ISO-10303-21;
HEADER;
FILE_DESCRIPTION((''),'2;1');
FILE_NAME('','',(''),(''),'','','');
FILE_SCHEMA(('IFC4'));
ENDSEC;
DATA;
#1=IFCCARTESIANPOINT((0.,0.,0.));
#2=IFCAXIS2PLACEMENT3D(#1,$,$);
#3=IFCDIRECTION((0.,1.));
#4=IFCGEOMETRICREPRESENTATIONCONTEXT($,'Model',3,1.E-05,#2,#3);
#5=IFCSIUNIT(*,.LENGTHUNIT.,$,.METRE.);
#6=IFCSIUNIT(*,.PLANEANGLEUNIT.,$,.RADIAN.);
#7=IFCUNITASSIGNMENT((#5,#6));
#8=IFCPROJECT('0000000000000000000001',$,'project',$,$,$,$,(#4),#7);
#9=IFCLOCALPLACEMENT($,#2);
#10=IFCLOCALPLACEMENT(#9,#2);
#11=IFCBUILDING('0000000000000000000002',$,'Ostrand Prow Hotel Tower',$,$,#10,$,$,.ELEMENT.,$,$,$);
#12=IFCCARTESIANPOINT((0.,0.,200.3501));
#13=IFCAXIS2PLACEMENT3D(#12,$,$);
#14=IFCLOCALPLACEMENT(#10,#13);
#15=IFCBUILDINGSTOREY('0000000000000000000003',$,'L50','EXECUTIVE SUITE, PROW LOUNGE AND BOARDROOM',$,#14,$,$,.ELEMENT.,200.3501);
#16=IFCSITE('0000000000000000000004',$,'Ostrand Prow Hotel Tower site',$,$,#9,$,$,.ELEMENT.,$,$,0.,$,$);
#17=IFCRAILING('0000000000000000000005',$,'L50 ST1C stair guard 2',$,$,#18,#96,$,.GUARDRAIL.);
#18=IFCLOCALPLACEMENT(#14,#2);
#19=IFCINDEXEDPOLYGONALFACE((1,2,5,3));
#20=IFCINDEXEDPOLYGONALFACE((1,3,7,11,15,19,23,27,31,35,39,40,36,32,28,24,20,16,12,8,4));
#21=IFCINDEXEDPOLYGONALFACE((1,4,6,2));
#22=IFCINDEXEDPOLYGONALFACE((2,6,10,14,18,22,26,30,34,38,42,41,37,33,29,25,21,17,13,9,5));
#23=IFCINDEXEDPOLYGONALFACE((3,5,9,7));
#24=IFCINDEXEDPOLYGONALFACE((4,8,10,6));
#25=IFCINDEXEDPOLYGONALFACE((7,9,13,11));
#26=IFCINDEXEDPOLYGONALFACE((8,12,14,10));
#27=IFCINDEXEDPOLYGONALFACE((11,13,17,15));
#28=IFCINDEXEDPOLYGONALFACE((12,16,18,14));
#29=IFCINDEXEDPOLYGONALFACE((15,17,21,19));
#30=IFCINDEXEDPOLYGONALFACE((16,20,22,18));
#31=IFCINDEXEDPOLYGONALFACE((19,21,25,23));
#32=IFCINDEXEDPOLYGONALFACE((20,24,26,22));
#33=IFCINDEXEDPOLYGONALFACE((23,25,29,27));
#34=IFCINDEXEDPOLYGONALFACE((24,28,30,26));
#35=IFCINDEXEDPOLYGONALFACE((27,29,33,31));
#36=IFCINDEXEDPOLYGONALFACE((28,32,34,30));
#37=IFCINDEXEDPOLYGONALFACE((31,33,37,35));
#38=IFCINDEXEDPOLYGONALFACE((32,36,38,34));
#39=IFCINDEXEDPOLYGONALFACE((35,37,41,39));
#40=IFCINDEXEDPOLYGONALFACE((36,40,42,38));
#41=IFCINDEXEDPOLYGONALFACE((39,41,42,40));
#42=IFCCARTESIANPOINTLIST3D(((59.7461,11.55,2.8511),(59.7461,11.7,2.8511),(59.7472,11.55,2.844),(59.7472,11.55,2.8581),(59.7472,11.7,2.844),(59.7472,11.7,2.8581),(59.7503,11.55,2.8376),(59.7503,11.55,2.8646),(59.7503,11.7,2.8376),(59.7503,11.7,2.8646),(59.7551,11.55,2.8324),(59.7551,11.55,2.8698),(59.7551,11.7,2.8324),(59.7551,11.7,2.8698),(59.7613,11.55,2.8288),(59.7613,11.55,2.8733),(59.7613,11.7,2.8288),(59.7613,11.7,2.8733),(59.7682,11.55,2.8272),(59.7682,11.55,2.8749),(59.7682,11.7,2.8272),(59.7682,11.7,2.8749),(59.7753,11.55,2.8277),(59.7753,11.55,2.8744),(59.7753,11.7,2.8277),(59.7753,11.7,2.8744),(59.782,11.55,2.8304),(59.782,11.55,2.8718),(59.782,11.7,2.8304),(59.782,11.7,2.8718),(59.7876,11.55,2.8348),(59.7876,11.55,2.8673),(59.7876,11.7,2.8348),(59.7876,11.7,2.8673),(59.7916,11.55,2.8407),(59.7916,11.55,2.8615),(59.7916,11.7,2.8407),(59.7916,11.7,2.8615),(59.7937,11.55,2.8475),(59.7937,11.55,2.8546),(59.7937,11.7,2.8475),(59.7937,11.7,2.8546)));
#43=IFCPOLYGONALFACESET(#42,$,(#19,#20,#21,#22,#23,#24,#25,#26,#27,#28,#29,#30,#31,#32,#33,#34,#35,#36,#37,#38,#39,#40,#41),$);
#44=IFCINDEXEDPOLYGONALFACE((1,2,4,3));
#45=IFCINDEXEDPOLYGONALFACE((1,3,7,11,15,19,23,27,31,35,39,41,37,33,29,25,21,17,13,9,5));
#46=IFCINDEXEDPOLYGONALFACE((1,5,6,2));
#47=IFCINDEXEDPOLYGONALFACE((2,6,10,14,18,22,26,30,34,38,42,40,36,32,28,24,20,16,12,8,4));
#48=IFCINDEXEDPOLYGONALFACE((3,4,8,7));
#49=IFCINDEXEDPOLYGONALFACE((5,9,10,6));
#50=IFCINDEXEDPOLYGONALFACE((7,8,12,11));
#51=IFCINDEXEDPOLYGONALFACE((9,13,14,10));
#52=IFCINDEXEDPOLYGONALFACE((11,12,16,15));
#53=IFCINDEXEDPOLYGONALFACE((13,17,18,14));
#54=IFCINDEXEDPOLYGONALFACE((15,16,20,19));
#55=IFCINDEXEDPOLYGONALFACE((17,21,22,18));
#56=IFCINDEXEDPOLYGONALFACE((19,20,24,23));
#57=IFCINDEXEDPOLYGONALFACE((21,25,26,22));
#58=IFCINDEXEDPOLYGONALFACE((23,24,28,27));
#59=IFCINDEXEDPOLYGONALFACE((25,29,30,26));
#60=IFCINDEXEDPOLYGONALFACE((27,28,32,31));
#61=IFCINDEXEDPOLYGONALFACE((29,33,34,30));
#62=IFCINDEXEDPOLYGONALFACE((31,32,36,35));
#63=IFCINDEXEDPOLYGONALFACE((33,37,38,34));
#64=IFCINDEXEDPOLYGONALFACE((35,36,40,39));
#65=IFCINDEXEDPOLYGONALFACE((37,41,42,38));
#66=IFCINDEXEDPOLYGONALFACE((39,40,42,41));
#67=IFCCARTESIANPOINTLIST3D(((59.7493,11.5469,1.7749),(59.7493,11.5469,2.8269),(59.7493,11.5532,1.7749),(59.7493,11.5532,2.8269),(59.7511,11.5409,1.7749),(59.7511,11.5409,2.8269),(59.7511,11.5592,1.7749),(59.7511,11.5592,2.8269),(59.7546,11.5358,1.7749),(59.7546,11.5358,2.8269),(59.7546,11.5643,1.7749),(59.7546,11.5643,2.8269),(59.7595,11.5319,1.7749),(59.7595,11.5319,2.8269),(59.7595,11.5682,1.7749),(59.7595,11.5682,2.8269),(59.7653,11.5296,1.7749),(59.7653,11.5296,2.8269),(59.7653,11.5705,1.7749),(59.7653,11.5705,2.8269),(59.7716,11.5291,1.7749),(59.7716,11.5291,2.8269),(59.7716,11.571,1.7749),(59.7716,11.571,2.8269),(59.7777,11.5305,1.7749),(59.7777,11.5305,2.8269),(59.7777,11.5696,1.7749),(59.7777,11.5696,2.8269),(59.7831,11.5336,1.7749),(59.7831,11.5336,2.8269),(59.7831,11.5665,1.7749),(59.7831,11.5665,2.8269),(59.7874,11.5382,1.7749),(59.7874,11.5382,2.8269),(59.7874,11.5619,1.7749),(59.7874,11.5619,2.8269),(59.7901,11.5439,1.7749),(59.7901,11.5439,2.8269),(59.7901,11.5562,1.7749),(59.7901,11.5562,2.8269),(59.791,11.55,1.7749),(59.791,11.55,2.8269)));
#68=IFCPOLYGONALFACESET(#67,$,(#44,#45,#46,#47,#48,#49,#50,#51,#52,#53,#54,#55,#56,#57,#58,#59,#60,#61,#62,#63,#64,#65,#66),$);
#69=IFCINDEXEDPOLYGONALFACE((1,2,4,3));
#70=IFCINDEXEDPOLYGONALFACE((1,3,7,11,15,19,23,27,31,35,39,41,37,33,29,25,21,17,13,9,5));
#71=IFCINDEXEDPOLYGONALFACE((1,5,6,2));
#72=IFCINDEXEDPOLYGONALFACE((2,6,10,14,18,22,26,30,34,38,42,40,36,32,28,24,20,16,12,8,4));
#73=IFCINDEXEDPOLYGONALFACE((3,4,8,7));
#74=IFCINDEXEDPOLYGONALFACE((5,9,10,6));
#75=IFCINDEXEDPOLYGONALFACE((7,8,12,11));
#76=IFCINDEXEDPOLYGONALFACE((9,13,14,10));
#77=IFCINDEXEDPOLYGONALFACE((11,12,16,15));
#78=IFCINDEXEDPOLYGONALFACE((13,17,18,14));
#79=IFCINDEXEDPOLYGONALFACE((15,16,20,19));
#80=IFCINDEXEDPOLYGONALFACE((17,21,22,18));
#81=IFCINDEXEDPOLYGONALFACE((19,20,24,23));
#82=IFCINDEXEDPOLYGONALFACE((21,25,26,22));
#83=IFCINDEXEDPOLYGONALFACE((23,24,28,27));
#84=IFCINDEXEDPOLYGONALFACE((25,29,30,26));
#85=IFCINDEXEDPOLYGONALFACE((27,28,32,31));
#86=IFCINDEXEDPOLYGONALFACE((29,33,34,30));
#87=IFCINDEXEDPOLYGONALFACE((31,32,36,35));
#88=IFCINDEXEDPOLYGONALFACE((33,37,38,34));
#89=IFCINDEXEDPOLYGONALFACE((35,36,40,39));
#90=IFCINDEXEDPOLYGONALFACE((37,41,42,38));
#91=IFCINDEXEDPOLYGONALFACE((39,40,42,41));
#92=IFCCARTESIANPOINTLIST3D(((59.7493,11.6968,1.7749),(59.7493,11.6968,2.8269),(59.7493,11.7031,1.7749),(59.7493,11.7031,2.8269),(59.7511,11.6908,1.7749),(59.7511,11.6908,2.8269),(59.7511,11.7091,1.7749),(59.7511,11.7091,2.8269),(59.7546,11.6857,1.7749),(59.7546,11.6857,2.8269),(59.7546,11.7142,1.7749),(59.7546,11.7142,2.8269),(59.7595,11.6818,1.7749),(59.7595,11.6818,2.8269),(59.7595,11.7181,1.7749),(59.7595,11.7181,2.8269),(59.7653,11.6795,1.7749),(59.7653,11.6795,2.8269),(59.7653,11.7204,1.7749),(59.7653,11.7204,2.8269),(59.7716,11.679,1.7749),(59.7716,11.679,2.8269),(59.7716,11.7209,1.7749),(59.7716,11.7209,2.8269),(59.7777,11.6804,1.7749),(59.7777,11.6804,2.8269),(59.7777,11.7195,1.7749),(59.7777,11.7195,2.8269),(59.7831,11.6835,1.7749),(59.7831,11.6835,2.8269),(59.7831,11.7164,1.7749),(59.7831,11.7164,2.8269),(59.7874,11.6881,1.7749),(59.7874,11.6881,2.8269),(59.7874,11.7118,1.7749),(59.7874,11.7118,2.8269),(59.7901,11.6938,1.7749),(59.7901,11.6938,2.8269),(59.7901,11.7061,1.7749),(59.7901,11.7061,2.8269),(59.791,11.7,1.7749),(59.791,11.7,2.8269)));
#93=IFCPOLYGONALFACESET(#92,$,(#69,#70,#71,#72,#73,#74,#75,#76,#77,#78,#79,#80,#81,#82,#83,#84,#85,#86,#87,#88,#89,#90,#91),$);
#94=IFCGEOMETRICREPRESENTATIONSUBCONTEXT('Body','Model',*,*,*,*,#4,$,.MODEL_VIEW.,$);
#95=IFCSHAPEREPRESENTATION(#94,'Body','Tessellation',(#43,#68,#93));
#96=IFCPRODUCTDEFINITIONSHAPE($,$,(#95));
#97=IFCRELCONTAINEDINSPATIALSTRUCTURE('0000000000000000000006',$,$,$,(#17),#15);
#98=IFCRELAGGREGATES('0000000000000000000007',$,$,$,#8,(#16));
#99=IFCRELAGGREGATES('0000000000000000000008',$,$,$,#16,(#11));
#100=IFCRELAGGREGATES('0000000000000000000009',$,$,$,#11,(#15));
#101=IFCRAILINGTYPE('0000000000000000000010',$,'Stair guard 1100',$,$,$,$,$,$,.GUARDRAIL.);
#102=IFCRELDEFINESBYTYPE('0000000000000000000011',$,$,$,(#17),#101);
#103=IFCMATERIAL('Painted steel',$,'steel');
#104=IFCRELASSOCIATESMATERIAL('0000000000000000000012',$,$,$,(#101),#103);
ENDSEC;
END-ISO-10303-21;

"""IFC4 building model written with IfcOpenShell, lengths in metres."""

from ifc_helpers import new_model, si_unit, direction, frame, origin, origin_2d, place, context, subcontext, project, spatial, circle, extrude, material, type_object, element, save


model = new_model("IFC4")

# Units and contexts
model_context = context("Model", 3, precision=1e-05, world=origin(), true_north=direction((0.0, 1.0)))
body_context = subcontext(model_context, "Body", "Model", "MODEL_VIEW")
ifc_project = project(units=[si_unit("LENGTHUNIT", "METRE"), si_unit("PLANEANGLEUNIT", "RADIAN")], contexts=[model_context])

# Site, building, storey
site_placement = place(None, origin())
site = spatial("IfcSite", under=ifc_project, at=site_placement, Name="Ostrand Prow Hotel Tower site", CompositionType="ELEMENT", RefElevation=0.0)
building_placement = place(site_placement, origin())
building = spatial("IfcBuilding", under=site, at=building_placement, Name="Ostrand Prow Hotel Tower", CompositionType="ELEMENT")
storey_placement = place(building_placement, frame((0.0, 0.0, 200.3501)))
storey = spatial("IfcBuildingStorey", under=building, at=storey_placement, Name="L50", Description="EXECUTIVE SUITE, PROW LOUNGE AND BOARDROOM", CompositionType="ELEMENT", Elevation=200.3501)

# Railing
ifc_material_1 = material(Name="Painted steel", Category="steel")
railing_type_1 = type_object("IfcRailingType", Name="Stair guard 1100", PredefinedType="GUARDRAIL", material=ifc_material_1)
railing_1_placement = place(storey_placement, frame((59.77, 11.55, 1.7749)))
element("IfcRailing", 1, at=railing_1_placement, inside=storey, type_object=railing_type_1, Name="L50 ST1C stair guard 2", PredefinedType="GUARDRAIL", context=body_context, shape_type="SweptSolid", body=[
    extrude(circle(Radius=0.0239, at=origin_2d()), frame((0.0, 0.0, 1.0762), z_axis=(0.0, 1.0, 0.0), x_axis=(-1.0, 0.0, 0.0)), (0.0, 0.0, 1.0), 0.1499),
    extrude(circle(Radius=0.021, at=origin_2d()), origin(), (0.0, 0.0, 1.0), 1.052),
    extrude(circle(Radius=0.021, at=origin_2d()), frame((0.0, 0.1499, 0.0)), (0.0, 0.0, 1.0), 1.052),
])

save(model, "model.ifc")
